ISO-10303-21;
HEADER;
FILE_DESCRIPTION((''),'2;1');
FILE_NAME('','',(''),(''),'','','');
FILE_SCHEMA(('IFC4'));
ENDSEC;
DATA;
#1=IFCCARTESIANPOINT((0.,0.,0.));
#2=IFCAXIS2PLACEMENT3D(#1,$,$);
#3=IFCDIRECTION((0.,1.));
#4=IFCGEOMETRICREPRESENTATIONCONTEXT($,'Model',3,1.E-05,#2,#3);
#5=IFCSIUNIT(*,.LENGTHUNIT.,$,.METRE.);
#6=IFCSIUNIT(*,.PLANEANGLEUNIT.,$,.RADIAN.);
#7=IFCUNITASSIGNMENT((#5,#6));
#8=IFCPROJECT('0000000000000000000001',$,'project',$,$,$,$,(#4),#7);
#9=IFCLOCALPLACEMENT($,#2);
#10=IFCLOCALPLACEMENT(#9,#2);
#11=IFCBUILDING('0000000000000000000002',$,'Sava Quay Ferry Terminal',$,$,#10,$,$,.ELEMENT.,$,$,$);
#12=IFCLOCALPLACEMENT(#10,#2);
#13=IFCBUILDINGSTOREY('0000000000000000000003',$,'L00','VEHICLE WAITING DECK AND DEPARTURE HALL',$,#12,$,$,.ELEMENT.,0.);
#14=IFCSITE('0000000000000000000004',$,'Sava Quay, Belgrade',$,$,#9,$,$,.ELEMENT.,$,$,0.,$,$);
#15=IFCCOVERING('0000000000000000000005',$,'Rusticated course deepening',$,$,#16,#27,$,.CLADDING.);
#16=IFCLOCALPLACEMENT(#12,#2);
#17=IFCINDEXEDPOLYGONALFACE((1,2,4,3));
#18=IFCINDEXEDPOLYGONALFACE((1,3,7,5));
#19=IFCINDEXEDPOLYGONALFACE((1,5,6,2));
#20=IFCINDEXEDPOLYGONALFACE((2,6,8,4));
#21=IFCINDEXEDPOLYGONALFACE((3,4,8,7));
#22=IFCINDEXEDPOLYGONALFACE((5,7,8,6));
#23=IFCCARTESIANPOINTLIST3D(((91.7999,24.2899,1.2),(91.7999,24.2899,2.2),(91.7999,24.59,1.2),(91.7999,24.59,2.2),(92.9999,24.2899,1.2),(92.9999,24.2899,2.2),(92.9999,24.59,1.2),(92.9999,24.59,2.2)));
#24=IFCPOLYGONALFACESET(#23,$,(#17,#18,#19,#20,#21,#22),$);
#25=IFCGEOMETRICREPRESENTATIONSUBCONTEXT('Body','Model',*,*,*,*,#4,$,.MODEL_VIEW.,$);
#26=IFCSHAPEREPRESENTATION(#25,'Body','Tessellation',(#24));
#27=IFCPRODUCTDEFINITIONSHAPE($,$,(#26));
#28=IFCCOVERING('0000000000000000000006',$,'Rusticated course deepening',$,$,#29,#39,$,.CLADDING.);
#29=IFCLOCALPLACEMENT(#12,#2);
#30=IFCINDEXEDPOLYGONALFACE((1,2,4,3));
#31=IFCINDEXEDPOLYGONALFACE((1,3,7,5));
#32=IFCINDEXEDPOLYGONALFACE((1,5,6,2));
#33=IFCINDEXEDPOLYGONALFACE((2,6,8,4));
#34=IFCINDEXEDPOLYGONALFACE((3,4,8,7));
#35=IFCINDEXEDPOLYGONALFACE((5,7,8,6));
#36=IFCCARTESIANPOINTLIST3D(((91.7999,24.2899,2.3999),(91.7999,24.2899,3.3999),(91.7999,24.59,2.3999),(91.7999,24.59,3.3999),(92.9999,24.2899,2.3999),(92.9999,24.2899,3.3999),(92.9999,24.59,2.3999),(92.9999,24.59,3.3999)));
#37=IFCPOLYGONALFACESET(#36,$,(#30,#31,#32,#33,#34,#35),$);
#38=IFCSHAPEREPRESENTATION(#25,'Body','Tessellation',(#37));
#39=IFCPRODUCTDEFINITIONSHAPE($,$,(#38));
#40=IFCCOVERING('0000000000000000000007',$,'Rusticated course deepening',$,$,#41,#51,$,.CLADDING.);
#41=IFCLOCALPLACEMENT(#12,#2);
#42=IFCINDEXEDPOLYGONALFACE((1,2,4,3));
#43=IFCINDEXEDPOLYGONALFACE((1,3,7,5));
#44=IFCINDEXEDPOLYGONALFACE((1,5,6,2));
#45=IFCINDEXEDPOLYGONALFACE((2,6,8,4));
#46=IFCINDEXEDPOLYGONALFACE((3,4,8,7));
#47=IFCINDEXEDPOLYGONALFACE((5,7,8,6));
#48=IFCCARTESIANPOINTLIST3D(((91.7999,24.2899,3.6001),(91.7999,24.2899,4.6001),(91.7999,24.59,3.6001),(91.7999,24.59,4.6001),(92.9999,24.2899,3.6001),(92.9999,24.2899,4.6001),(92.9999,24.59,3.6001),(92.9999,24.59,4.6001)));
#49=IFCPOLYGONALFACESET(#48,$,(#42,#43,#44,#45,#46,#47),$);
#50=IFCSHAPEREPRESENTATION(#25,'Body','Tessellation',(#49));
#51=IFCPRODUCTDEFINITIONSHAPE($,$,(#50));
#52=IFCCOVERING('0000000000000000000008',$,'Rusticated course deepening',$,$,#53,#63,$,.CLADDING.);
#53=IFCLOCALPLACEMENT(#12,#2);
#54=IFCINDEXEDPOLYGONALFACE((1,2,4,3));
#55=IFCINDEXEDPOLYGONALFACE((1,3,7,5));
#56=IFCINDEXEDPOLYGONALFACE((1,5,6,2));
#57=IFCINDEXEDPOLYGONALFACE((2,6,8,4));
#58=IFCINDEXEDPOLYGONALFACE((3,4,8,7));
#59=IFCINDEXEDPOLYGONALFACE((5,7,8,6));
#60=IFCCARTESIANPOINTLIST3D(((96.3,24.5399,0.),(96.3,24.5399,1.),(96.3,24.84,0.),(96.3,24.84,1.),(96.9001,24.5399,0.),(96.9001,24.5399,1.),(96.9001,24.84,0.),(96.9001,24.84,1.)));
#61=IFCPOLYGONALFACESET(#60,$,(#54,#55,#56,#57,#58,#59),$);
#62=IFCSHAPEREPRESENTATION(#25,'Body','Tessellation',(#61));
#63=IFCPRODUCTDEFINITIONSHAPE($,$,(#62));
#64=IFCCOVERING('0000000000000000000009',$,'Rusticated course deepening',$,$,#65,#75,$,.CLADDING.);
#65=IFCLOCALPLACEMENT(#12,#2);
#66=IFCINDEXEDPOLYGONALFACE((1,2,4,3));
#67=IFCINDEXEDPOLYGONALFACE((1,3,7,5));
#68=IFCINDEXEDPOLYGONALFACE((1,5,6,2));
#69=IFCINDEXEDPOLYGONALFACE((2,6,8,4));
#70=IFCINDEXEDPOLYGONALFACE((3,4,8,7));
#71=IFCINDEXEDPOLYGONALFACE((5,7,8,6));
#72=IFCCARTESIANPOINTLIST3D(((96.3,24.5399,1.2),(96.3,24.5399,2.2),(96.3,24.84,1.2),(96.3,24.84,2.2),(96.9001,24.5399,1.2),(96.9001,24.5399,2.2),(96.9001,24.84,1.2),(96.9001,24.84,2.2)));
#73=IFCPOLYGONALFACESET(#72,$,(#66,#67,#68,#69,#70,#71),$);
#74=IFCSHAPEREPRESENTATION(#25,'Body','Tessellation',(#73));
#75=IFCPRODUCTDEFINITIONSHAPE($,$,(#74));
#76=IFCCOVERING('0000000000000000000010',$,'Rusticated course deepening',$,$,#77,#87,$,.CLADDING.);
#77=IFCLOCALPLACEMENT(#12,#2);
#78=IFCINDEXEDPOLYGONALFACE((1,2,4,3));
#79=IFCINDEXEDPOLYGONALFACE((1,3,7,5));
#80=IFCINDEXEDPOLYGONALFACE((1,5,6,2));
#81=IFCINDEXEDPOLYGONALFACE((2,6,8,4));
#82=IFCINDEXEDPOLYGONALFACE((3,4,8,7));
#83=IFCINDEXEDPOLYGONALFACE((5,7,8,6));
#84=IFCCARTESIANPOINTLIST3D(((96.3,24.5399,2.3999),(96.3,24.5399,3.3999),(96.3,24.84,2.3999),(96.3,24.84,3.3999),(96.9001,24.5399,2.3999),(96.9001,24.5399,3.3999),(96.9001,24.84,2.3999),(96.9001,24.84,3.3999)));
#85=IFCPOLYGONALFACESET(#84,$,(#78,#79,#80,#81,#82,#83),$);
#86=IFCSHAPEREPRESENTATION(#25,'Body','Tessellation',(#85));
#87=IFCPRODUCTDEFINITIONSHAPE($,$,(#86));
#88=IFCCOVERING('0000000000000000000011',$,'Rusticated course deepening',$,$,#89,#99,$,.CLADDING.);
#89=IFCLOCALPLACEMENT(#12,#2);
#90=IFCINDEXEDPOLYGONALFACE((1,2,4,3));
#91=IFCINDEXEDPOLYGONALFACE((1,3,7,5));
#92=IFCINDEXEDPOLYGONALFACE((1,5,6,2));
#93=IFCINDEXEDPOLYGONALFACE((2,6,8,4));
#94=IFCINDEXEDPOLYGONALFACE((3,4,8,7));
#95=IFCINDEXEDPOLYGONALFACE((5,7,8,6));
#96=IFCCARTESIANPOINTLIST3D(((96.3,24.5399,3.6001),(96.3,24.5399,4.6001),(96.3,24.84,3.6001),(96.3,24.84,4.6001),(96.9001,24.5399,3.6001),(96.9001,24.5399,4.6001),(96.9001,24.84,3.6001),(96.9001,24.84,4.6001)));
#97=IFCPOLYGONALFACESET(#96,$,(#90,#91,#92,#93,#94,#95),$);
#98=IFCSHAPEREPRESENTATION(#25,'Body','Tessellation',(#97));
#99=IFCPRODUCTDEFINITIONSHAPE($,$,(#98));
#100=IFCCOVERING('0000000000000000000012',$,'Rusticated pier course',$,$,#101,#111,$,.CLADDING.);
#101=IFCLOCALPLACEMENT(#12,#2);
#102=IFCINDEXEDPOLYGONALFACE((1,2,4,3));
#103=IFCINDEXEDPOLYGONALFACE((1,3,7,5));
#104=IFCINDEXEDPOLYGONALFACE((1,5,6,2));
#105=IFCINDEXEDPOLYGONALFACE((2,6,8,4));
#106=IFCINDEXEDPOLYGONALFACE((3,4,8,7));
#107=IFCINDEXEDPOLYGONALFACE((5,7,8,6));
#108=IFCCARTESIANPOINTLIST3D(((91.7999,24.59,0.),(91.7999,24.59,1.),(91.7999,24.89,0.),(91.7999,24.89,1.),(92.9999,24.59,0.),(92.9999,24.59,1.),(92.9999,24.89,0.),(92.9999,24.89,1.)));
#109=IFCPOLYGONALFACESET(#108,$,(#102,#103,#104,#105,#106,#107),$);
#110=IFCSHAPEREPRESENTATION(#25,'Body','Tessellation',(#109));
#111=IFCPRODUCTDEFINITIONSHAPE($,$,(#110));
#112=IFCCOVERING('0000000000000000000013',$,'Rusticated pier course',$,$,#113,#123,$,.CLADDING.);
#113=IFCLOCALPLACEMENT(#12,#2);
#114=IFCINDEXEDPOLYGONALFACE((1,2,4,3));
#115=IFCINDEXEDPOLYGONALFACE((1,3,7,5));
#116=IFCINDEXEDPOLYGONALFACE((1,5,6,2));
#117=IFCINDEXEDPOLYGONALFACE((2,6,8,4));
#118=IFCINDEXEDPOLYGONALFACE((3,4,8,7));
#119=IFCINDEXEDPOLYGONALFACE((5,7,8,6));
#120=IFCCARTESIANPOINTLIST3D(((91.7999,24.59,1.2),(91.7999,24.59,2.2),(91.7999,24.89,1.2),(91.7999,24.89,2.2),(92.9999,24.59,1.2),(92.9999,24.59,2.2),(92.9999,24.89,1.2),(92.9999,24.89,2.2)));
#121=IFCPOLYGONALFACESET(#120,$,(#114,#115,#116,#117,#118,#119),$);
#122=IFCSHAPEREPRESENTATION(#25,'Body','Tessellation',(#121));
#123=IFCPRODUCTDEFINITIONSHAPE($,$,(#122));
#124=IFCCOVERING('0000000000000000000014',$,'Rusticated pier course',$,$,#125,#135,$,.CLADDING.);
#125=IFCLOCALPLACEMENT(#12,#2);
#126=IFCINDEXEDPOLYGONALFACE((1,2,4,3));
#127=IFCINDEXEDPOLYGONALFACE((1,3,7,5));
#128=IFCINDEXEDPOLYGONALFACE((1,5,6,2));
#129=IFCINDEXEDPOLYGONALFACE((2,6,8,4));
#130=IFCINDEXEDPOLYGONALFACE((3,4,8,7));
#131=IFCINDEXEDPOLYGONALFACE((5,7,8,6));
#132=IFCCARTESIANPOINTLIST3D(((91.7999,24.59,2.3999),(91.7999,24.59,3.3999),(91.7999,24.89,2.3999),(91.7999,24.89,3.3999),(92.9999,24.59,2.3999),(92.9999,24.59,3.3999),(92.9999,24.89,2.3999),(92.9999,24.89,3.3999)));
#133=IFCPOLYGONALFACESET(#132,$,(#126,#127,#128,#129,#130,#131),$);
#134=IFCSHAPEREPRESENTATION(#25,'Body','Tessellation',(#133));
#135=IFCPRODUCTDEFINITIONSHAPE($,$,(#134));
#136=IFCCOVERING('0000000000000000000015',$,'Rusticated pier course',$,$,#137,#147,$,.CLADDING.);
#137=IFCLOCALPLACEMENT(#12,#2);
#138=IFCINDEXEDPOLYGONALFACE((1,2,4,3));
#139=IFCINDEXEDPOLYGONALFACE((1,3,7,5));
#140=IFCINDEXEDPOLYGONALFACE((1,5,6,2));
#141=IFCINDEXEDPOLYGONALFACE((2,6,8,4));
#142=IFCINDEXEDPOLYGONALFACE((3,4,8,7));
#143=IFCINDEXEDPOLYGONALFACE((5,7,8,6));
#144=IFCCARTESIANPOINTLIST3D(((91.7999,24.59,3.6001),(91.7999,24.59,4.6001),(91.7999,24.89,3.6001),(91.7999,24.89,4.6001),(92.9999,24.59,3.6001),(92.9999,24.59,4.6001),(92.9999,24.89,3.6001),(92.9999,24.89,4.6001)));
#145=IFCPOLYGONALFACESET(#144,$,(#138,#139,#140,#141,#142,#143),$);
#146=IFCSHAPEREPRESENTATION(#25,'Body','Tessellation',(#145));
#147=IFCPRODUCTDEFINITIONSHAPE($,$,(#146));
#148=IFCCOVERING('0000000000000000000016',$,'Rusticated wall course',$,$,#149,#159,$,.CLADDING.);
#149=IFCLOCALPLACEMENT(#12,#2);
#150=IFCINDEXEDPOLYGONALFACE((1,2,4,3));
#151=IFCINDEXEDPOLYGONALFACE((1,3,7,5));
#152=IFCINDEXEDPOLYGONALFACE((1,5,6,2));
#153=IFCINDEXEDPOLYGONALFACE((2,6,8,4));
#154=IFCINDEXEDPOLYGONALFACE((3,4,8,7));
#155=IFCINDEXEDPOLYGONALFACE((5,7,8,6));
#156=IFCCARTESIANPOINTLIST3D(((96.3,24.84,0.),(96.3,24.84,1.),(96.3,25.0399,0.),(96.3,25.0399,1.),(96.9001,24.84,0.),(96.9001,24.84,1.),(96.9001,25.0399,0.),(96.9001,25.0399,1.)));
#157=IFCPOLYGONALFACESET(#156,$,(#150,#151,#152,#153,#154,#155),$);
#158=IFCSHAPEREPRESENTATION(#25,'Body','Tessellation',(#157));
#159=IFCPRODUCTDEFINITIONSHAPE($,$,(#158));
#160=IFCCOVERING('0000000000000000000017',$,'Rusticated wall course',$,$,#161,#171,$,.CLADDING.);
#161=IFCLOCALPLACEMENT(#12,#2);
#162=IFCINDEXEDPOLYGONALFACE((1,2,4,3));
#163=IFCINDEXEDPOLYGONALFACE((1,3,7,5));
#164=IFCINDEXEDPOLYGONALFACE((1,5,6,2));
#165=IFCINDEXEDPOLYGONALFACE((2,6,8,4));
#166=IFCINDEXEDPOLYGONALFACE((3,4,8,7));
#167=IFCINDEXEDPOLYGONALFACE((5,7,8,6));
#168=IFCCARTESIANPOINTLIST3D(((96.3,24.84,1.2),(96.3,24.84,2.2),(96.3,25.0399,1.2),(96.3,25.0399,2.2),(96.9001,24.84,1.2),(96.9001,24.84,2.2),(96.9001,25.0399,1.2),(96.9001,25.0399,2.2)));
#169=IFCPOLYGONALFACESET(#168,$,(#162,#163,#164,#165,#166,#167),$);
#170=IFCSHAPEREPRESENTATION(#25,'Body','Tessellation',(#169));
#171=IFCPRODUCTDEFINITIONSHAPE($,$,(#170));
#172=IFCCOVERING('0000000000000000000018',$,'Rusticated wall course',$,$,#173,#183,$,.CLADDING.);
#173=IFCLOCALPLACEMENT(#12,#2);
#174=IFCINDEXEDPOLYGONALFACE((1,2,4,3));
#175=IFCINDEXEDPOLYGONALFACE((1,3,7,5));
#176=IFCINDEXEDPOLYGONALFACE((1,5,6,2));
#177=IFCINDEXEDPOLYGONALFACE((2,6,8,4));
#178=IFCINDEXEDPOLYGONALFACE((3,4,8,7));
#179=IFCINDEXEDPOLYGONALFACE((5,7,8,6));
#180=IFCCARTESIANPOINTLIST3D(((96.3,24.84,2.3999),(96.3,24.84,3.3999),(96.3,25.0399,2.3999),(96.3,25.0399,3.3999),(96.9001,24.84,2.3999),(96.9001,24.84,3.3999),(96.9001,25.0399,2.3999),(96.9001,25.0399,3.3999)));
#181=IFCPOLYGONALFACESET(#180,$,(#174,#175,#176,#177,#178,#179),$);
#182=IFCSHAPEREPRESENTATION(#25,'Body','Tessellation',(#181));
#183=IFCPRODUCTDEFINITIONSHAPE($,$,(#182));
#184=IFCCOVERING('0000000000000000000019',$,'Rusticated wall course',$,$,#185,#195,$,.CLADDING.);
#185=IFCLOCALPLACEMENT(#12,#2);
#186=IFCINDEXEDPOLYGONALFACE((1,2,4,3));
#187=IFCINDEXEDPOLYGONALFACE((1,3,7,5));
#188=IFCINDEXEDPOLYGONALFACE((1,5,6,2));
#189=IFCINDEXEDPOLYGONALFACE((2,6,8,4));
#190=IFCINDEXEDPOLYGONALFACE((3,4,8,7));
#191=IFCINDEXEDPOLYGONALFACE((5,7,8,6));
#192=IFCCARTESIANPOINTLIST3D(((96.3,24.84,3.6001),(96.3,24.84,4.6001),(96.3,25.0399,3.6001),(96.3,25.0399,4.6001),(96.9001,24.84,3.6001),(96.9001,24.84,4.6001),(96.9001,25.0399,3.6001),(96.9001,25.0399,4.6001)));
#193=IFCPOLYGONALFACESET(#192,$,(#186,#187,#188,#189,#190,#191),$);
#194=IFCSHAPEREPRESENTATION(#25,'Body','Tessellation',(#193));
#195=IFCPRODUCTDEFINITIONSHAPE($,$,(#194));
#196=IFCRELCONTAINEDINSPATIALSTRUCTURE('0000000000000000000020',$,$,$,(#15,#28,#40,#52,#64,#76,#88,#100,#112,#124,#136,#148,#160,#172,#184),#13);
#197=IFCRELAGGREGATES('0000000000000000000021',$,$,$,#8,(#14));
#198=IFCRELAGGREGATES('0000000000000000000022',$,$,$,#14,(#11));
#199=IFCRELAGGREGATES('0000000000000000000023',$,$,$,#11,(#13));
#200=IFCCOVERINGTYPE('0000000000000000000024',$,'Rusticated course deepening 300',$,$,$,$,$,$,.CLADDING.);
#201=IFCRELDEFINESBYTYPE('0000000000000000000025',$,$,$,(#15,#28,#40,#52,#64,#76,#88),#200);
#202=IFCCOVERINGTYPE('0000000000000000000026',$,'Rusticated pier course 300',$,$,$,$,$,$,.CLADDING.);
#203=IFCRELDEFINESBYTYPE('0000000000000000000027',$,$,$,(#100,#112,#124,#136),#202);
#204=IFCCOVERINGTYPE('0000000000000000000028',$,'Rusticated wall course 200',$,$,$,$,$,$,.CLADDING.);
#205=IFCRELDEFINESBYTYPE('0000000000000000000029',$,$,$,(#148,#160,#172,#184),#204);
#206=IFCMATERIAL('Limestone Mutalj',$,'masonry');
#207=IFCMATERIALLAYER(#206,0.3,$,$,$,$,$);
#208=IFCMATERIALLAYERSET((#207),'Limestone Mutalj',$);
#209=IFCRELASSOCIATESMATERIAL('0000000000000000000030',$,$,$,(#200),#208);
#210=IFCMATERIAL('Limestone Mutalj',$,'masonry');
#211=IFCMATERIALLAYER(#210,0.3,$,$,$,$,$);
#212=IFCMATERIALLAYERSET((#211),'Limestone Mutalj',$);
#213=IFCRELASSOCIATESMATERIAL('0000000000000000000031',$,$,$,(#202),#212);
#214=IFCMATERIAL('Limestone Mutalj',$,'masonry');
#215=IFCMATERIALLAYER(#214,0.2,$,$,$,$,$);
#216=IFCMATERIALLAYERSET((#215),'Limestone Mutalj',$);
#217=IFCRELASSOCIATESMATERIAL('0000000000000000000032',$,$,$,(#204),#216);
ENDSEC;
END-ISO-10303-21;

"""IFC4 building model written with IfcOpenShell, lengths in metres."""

from ifc_helpers import new_model, si_unit, direction, frame, origin, origin_2d, place, context, subcontext, project, spatial, rectangle, extrude, material, layer, layer_set, type_object, element, save


model = new_model("IFC4")

# Units and contexts
model_context = context("Model", 3, precision=1e-05, world=origin(), true_north=direction((0.0, 1.0)))
body_context = subcontext(model_context, "Body", "Model", "MODEL_VIEW")
ifc_project = project(units=[si_unit("LENGTHUNIT", "METRE"), si_unit("PLANEANGLEUNIT", "RADIAN")], contexts=[model_context])

# Site, building, storey
site_placement = place(None, origin())
site = spatial("IfcSite", under=ifc_project, at=site_placement, Name="Sava Quay, Belgrade", CompositionType="ELEMENT", RefElevation=0.0)
building_placement = place(site_placement, origin())
building = spatial("IfcBuilding", under=site, at=building_placement, Name="Sava Quay Ferry Terminal", CompositionType="ELEMENT")
storey_placement = place(building_placement, origin())
storey = spatial("IfcBuildingStorey", under=building, at=storey_placement, Name="L00", Description="VEHICLE WAITING DECK AND DEPARTURE HALL", CompositionType="ELEMENT", Elevation=0.0)

# Coverings
ifc_material_1 = material(Name="Limestone Mutalj", Category="masonry")
ifc_layer_1 = layer(ifc_material_1, 0.3)
ifc_layer_set_1 = layer_set([ifc_layer_1], Name="Limestone Mutalj")
covering_type_1 = type_object("IfcCoveringType", Name="Rusticated course deepening 300", PredefinedType="CLADDING", material=ifc_layer_set_1)
for number, where, z_axis, x_axis, name in (
    (1, (92.3999, 24.4399, 1.2), (0.0, 0.0, 1.0), (1.0, 0.0, 0.0), "Rusticated course deepening"),
    (2, (92.3999, 24.4399, 2.3999), (0.0, 0.0, 1.0), (1.0, 0.0, 0.0), "Rusticated course deepening"),
    (3, (92.3999, 24.4399, 3.6001), (0.0, 0.0, 1.0), (1.0, 0.0, 0.0), "Rusticated course deepening"),
):
    element("IfcCovering", number, at=place(storey_placement, frame(where, z_axis=z_axis, x_axis=x_axis)), inside=storey, type_object=covering_type_1, Name=name, PredefinedType="CLADDING", context=body_context, shape_type="SweptSolid", body=[
        extrude(rectangle(XDim=1.2, YDim=0.3, at=origin_2d()), origin(), (0.0, 0.0, 1.0), 1.0),
    ])
for number, where, z_axis, x_axis, name in (
    (4, (96.6001, 24.6899, 0.0), (0.0, 0.0, 1.0), (1.0, 0.0, 0.0), "Rusticated course deepening"),
    (5, (96.6001, 24.6899, 1.2), (0.0, 0.0, 1.0), (1.0, 0.0, 0.0), "Rusticated course deepening"),
    (6, (96.6001, 24.6899, 2.3999), (0.0, 0.0, 1.0), (1.0, 0.0, 0.0), "Rusticated course deepening"),
    (7, (96.6001, 24.6899, 3.6001), (0.0, 0.0, 1.0), (1.0, 0.0, 0.0), "Rusticated course deepening"),
):
    element("IfcCovering", number, at=place(storey_placement, frame(where, z_axis=z_axis, x_axis=x_axis)), inside=storey, type_object=covering_type_1, Name=name, PredefinedType="CLADDING", context=body_context, shape_type="SweptSolid", body=[
        extrude(rectangle(XDim=0.6001, YDim=0.3, at=origin_2d()), origin(), (0.0, 0.0, 1.0), 1.0),
    ])
ifc_material_2 = material(Name="Limestone Mutalj", Category="masonry")
ifc_layer_2 = layer(ifc_material_2, 0.3)
ifc_layer_set_2 = layer_set([ifc_layer_2], Name="Limestone Mutalj")
covering_type_2 = type_object("IfcCoveringType", Name="Rusticated pier course 300", PredefinedType="CLADDING", material=ifc_layer_set_2)
for number, where, z_axis, x_axis, name in (
    (8, (92.3999, 24.74, 0.0), (0.0, 0.0, 1.0), (1.0, 0.0, 0.0), "Rusticated pier course"),
    (9, (92.3999, 24.74, 1.2), (0.0, 0.0, 1.0), (1.0, 0.0, 0.0), "Rusticated pier course"),
    (10, (92.3999, 24.74, 2.3999), (0.0, 0.0, 1.0), (1.0, 0.0, 0.0), "Rusticated pier course"),
    (11, (92.3999, 24.74, 3.6001), (0.0, 0.0, 1.0), (1.0, 0.0, 0.0), "Rusticated pier course"),
):
    element("IfcCovering", number, at=place(storey_placement, frame(where, z_axis=z_axis, x_axis=x_axis)), inside=storey, type_object=covering_type_2, Name=name, PredefinedType="CLADDING", context=body_context, shape_type="SweptSolid", body=[
        extrude(rectangle(XDim=1.2, YDim=0.3, at=origin_2d()), origin(), (0.0, 0.0, 1.0), 1.0),
    ])
ifc_material_3 = material(Name="Limestone Mutalj", Category="masonry")
ifc_layer_3 = layer(ifc_material_3, 0.2)
ifc_layer_set_3 = layer_set([ifc_layer_3], Name="Limestone Mutalj")
covering_type_3 = type_object("IfcCoveringType", Name="Rusticated wall course 200", PredefinedType="CLADDING", material=ifc_layer_set_3)
for number, where, z_axis, x_axis, name in (
    (12, (96.6001, 24.9399, 0.0), (0.0, 0.0, 1.0), (1.0, 0.0, 0.0), "Rusticated wall course"),
    (13, (96.6001, 24.9399, 1.2), (0.0, 0.0, 1.0), (1.0, 0.0, 0.0), "Rusticated wall course"),
    (14, (96.6001, 24.9399, 2.3999), (0.0, 0.0, 1.0), (1.0, 0.0, 0.0), "Rusticated wall course"),
    (15, (96.6001, 24.9399, 3.6001), (0.0, 0.0, 1.0), (1.0, 0.0, 0.0), "Rusticated wall course"),
):
    element("IfcCovering", number, at=place(storey_placement, frame(where, z_axis=z_axis, x_axis=x_axis)), inside=storey, type_object=covering_type_3, Name=name, PredefinedType="CLADDING", context=body_context, shape_type="SweptSolid", body=[
        extrude(rectangle(XDim=0.6001, YDim=0.2, at=origin_2d()), origin(), (0.0, 0.0, 1.0), 1.0),
    ])

save(model, "model.ifc")
